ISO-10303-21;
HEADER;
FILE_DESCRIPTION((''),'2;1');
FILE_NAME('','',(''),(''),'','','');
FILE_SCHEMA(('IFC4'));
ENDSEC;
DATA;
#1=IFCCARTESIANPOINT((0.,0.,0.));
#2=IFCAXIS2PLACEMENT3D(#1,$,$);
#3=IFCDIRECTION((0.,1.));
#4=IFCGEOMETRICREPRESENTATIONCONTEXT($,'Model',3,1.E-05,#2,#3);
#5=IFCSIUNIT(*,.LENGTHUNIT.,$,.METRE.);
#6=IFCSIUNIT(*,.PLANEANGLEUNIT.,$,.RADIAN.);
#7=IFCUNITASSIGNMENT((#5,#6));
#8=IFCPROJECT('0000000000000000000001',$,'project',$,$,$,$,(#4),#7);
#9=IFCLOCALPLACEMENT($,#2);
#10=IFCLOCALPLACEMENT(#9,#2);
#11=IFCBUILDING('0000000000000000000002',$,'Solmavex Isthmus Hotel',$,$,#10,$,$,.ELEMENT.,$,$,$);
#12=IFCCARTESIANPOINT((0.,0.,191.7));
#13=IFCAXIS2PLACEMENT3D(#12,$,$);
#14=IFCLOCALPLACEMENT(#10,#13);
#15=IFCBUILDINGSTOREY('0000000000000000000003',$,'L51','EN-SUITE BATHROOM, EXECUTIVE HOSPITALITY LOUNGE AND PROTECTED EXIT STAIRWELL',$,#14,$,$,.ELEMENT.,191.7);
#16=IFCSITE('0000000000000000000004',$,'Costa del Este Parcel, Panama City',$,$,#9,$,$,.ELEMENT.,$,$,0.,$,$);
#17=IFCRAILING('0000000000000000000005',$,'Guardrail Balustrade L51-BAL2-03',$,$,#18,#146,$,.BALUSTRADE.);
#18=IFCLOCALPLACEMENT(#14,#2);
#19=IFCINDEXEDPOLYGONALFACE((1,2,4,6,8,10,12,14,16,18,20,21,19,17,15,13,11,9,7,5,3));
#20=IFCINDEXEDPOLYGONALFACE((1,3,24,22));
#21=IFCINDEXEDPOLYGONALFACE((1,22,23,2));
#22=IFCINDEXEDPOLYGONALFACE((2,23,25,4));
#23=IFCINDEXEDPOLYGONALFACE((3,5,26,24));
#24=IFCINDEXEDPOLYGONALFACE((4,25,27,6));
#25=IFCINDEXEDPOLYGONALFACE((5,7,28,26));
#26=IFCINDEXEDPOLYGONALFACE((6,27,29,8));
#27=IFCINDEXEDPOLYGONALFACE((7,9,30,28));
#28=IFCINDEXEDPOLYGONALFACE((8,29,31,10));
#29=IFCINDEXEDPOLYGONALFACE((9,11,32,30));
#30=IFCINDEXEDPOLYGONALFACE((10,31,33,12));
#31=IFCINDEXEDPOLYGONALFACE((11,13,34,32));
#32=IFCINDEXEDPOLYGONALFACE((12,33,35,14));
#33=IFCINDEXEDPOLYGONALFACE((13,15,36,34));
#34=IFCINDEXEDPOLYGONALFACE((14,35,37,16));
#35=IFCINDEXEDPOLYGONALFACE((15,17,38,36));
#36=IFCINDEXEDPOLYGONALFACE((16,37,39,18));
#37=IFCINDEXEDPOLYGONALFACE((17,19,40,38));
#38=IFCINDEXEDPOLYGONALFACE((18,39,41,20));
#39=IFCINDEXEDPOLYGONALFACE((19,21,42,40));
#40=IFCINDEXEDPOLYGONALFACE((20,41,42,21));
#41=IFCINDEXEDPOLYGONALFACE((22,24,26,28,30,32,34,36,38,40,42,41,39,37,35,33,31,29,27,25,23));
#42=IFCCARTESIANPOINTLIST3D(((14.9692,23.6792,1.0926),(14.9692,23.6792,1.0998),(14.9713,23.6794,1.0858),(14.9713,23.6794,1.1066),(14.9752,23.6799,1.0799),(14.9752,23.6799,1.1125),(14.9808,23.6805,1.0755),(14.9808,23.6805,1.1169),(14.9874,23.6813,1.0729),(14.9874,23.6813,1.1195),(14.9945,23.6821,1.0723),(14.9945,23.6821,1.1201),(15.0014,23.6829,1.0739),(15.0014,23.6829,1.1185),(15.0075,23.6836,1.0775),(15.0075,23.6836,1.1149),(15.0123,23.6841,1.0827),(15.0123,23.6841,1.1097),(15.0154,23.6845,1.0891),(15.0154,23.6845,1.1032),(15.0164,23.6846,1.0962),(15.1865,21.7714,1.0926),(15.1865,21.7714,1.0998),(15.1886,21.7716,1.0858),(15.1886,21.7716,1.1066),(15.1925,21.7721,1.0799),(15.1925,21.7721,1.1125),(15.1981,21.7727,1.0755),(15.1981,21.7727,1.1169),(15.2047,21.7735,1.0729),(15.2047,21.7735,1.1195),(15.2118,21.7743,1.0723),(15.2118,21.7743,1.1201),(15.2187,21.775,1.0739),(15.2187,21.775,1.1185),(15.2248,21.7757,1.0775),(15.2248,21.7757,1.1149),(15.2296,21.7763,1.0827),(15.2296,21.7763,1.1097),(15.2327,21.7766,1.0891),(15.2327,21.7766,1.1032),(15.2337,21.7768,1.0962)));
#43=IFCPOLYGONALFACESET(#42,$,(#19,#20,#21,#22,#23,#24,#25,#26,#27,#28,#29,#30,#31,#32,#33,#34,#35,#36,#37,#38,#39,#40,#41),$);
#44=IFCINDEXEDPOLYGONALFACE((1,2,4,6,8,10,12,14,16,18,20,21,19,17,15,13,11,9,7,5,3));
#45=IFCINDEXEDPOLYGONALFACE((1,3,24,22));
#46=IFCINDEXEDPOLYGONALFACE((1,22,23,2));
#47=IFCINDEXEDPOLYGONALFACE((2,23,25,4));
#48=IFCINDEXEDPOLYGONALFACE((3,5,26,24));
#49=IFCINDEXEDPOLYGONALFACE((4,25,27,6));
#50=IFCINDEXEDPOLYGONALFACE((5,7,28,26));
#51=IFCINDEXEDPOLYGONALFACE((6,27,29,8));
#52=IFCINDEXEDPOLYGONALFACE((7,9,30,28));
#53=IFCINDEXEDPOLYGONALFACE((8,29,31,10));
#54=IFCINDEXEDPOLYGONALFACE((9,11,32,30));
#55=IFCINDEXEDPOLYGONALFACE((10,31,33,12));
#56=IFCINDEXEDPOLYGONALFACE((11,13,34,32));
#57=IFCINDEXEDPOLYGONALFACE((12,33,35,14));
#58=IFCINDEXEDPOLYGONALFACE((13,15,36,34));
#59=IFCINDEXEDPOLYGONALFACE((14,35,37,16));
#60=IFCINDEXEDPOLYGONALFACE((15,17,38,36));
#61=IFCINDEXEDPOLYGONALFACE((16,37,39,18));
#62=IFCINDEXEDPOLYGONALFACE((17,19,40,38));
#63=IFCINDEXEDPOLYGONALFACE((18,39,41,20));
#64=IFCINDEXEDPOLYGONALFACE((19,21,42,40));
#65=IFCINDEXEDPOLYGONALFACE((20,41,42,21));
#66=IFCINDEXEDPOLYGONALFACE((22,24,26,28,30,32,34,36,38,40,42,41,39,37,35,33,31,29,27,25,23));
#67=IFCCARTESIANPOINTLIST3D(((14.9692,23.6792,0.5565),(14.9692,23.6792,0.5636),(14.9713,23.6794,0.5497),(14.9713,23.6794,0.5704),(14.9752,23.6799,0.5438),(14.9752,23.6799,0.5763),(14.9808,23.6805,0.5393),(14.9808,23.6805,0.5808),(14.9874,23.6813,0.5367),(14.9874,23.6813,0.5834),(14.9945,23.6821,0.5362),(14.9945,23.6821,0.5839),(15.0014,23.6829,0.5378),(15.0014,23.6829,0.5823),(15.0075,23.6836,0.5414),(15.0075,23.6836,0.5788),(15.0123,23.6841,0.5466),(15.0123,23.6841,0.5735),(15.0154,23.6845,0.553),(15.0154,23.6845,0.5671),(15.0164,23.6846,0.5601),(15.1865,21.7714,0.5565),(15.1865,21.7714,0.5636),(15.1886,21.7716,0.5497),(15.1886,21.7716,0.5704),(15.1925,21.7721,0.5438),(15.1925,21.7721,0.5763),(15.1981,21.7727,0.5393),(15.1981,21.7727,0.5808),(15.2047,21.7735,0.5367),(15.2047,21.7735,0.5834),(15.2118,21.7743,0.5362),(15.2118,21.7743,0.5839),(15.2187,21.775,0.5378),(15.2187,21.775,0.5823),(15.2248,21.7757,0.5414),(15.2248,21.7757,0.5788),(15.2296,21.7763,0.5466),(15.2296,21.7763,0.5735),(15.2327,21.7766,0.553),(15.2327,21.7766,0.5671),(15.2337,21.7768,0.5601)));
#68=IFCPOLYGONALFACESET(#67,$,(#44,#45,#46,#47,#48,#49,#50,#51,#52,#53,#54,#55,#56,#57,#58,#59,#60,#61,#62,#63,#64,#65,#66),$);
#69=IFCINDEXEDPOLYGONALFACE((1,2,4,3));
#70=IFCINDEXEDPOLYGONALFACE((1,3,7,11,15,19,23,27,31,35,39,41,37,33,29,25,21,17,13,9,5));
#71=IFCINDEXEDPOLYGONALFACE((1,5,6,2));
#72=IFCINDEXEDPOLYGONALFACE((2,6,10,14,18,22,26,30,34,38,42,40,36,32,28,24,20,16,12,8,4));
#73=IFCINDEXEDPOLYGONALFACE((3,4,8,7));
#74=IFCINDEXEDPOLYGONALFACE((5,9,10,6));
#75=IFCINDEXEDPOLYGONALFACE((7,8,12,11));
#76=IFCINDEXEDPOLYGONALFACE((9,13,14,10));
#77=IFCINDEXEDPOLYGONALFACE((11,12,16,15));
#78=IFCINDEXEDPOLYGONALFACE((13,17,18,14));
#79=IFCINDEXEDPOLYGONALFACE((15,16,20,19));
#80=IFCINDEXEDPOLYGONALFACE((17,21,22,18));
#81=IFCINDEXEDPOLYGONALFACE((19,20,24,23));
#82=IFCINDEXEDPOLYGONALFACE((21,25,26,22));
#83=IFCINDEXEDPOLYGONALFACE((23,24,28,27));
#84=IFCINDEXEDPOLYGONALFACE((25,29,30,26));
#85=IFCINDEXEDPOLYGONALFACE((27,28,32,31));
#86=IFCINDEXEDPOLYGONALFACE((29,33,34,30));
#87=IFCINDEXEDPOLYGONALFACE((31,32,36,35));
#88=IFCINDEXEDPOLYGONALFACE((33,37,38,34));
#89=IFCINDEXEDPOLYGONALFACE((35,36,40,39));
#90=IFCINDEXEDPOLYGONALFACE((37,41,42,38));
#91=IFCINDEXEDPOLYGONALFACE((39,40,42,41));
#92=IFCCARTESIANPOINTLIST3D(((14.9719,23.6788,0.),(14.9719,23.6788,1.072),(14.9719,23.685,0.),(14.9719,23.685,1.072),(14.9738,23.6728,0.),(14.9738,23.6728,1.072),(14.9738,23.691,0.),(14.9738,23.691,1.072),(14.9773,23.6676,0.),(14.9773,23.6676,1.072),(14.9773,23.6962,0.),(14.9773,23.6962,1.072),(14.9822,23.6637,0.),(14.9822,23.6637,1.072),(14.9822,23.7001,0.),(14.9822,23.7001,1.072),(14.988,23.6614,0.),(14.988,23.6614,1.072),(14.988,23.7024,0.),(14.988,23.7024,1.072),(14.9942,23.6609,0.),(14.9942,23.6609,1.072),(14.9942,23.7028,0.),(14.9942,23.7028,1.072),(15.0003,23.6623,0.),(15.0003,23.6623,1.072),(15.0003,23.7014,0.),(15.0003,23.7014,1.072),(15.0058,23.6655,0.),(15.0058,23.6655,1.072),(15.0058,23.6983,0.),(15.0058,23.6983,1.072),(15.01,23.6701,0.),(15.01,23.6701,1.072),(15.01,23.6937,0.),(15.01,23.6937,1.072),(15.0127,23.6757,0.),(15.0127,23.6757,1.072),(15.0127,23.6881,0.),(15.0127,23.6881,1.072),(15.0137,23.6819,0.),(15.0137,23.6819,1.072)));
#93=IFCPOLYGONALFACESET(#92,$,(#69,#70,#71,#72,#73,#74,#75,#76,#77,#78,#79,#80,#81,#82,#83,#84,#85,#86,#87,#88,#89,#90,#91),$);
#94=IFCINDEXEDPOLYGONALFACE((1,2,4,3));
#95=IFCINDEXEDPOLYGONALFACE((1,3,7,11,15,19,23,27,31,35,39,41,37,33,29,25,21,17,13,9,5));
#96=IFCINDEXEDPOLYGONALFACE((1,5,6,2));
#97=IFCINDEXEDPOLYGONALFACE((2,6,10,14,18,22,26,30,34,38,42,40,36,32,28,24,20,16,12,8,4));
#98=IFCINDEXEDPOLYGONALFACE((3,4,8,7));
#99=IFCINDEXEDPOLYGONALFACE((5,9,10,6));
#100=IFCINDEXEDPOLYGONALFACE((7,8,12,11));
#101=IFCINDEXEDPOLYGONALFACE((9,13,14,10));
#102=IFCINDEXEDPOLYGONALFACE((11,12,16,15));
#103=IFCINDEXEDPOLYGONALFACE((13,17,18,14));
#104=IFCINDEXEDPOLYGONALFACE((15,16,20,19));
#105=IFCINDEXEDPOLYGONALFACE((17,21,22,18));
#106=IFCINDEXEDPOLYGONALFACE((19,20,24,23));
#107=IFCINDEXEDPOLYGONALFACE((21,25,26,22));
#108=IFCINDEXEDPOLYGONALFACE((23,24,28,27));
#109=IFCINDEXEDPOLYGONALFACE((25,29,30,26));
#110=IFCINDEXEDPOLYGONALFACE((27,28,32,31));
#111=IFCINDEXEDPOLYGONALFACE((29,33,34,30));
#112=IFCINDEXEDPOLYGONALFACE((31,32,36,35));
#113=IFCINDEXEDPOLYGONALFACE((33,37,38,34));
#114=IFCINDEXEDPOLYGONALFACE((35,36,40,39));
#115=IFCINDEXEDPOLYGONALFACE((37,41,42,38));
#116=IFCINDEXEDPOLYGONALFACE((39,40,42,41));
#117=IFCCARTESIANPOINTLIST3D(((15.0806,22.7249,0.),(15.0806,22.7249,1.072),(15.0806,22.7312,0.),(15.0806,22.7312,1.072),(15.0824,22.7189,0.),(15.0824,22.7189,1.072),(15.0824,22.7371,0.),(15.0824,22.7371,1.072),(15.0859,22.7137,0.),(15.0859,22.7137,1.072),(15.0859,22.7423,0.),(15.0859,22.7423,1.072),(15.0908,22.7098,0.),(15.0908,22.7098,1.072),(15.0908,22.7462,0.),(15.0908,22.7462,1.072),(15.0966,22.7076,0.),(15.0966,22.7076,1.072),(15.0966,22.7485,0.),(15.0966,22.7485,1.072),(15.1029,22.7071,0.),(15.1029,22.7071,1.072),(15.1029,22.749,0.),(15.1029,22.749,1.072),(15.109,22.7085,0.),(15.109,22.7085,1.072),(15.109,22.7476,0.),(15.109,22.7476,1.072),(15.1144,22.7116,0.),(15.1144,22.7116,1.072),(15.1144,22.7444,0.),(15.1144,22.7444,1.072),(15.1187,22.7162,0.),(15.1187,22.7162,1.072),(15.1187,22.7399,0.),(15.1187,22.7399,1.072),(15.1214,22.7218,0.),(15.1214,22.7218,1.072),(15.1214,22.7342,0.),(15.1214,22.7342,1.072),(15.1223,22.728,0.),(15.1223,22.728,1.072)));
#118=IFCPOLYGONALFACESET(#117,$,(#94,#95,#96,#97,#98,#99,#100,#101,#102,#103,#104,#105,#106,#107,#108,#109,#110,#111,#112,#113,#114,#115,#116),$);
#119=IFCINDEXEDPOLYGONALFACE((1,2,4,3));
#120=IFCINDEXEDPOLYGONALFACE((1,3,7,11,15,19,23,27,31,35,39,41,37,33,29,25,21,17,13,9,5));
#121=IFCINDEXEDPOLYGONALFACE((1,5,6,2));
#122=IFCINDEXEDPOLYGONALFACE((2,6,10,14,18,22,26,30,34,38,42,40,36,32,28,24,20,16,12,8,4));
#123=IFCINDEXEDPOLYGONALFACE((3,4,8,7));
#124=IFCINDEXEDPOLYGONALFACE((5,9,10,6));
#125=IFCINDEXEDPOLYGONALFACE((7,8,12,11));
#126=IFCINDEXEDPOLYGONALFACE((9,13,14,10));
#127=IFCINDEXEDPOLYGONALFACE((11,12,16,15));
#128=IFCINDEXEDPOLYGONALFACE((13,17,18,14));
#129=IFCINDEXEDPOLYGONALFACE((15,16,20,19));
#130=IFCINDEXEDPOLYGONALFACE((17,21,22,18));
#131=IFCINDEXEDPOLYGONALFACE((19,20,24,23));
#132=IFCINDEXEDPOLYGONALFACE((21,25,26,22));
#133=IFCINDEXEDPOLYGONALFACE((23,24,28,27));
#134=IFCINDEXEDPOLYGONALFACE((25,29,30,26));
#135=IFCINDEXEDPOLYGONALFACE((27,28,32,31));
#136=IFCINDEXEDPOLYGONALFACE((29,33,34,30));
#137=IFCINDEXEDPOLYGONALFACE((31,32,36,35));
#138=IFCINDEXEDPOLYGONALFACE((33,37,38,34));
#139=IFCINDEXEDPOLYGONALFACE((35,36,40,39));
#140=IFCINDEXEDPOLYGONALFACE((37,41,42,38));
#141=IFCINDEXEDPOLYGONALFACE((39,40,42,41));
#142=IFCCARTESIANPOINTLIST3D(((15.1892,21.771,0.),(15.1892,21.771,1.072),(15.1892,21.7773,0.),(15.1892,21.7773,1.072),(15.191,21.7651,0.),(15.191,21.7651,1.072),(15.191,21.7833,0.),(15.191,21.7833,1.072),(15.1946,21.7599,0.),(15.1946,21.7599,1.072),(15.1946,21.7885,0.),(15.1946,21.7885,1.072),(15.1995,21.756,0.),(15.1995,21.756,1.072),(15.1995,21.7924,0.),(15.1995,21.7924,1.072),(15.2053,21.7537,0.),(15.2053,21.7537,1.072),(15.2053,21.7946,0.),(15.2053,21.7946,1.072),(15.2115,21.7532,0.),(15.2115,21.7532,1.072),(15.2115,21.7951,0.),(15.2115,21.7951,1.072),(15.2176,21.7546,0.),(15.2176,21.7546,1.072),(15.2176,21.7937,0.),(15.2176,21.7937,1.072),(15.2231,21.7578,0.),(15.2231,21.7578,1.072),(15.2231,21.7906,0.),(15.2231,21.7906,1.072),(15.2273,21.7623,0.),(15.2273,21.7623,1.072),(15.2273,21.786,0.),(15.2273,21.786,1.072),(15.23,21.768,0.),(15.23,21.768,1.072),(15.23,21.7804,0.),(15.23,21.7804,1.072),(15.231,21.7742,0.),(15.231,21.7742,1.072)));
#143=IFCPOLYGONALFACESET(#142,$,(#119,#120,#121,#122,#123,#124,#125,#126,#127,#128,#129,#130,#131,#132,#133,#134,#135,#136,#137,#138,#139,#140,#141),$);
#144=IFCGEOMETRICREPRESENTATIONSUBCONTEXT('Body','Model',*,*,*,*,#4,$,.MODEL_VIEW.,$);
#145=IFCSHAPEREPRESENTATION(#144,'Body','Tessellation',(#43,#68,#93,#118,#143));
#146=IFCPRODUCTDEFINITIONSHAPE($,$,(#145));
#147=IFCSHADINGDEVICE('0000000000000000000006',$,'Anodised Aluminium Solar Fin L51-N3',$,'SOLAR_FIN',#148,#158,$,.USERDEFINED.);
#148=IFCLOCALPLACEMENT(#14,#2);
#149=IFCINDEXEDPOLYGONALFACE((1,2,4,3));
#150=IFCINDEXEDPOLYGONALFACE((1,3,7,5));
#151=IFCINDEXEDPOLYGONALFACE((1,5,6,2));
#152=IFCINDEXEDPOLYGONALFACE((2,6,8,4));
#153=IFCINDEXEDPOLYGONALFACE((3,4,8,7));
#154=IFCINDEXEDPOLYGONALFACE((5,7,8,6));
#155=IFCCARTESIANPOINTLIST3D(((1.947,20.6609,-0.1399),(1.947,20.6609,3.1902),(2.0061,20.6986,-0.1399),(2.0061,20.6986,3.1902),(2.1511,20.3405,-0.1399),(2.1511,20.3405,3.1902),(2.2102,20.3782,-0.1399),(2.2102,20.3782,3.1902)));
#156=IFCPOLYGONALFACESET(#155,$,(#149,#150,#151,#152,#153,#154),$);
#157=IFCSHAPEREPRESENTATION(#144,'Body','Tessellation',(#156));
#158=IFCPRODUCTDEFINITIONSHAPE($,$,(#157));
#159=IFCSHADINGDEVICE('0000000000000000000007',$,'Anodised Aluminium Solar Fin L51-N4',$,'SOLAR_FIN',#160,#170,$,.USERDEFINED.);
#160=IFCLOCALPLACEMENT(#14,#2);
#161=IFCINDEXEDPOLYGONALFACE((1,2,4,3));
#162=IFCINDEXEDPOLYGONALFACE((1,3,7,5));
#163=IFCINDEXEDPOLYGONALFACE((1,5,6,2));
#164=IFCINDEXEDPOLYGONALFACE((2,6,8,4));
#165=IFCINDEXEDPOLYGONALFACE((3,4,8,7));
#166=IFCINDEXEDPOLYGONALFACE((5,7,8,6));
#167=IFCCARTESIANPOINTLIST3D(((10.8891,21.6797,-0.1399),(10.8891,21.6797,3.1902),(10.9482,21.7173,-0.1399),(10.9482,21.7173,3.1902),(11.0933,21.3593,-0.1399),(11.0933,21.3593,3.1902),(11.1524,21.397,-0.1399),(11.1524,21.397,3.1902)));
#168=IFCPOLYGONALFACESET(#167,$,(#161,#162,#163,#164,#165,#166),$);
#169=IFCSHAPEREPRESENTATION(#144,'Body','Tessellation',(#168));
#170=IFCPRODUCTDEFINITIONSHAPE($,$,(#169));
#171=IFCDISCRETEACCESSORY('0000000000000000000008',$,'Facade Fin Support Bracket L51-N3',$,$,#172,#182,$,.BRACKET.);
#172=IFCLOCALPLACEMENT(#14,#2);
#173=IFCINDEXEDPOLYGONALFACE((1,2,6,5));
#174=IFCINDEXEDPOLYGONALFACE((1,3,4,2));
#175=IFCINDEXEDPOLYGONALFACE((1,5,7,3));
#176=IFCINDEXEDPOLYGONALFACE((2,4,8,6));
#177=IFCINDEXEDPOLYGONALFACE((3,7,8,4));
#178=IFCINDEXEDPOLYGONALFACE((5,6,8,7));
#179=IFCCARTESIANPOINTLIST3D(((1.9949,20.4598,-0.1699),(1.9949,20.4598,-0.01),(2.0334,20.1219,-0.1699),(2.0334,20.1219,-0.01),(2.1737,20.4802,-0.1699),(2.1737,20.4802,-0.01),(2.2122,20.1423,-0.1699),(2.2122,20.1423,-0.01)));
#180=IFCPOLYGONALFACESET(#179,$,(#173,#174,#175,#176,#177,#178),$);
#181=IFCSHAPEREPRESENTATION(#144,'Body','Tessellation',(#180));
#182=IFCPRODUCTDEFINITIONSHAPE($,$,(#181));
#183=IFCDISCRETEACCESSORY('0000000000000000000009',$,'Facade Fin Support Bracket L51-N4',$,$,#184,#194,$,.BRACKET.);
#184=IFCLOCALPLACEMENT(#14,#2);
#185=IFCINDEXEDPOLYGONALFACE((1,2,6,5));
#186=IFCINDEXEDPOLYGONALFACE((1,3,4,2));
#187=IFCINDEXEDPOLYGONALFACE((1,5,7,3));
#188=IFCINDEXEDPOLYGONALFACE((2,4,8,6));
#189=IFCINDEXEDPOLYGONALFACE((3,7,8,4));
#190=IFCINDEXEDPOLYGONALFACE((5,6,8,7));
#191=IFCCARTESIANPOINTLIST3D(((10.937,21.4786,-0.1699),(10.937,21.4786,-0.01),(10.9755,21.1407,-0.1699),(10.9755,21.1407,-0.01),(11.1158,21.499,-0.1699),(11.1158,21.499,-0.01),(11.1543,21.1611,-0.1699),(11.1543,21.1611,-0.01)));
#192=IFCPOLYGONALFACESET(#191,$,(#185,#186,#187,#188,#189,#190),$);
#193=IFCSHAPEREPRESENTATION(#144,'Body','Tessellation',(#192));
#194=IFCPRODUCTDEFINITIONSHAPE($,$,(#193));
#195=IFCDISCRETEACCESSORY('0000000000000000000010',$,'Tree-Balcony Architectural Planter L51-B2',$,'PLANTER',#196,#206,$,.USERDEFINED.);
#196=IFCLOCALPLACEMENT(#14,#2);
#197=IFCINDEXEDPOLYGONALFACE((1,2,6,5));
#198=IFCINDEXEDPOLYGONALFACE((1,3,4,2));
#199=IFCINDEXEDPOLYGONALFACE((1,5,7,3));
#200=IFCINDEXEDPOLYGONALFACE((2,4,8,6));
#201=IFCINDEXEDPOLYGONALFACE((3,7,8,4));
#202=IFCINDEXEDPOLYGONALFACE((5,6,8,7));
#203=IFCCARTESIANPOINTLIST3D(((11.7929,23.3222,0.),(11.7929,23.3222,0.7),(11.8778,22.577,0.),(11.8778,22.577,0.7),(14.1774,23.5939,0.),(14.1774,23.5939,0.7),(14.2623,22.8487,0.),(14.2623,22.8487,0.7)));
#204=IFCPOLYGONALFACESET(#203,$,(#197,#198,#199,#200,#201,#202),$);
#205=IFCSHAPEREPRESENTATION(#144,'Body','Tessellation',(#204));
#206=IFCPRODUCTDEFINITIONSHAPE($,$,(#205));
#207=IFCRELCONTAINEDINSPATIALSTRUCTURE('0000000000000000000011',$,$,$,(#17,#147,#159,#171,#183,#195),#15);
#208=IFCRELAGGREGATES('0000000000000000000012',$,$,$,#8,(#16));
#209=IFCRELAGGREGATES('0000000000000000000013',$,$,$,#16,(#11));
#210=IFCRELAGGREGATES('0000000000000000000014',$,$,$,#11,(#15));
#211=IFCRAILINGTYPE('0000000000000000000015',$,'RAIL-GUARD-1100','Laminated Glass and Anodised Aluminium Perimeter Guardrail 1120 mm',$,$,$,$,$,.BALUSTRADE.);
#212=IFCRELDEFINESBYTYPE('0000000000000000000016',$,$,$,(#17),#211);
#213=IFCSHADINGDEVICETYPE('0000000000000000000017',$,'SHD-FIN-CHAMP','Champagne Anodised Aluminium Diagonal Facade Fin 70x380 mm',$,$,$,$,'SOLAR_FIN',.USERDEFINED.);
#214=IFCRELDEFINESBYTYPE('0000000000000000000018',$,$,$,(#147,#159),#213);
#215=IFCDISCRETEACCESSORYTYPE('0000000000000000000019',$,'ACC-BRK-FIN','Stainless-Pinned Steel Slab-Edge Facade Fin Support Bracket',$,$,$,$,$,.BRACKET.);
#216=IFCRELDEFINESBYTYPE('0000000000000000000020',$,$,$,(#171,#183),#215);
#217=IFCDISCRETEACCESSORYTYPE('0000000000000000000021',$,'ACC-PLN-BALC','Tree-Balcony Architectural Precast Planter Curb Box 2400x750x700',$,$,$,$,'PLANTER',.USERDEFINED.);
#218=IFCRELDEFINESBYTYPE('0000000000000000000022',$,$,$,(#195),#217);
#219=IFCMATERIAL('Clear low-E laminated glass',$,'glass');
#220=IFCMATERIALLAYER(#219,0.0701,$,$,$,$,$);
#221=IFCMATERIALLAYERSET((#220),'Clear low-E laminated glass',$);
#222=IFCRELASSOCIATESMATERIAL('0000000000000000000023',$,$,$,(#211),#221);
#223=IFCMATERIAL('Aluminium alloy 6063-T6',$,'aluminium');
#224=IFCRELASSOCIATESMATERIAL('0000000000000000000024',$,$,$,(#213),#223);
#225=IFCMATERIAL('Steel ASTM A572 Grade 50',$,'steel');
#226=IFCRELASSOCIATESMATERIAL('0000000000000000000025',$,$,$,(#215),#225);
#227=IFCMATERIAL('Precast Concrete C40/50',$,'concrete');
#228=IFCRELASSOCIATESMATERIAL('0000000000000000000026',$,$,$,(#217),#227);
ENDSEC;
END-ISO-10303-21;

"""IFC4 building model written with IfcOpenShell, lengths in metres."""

from ifc_helpers import new_model, si_unit, direction, frame, origin, origin_2d, place, context, subcontext, project, spatial, rectangle, circle, extrude, material, layer, layer_set, type_object, element, save


model = new_model("IFC4")

# Units and contexts
model_context = context("Model", 3, precision=1e-05, world=origin(), true_north=direction((0.0, 1.0)))
body_context = subcontext(model_context, "Body", "Model", "MODEL_VIEW")
ifc_project = project(units=[si_unit("LENGTHUNIT", "METRE"), si_unit("PLANEANGLEUNIT", "RADIAN")], contexts=[model_context])

# Site, building, storey
site_placement = place(None, origin())
site = spatial("IfcSite", under=ifc_project, at=site_placement, Name="Costa del Este Parcel, Panama City", CompositionType="ELEMENT", RefElevation=0.0)
building_placement = place(site_placement, origin())
building = spatial("IfcBuilding", under=site, at=building_placement, Name="Solmavex Isthmus Hotel", CompositionType="ELEMENT")
storey_placement = place(building_placement, frame((0.0, 0.0, 191.7)))
storey = spatial("IfcBuildingStorey", under=building, at=storey_placement, Name="L51", Description="EN-SUITE BATHROOM, EXECUTIVE HOSPITALITY LOUNGE AND PROTECTED EXIT STAIRWELL", CompositionType="ELEMENT", Elevation=191.7)

# Shared definitions
ifc_material_1 = material(Name="Steel ASTM A572 Grade 50", Category="steel")

# Shared definitions
ifc_material_2 = material(Name="Aluminium alloy 6063-T6", Category="aluminium")

# Shared definitions
ifc_material_3 = material(Name="Clear low-E laminated glass", Category="glass")

# Shared definitions
ifc_material_4 = material(Name="Precast Concrete C40/50", Category="concrete")

# Railing
ifc_layer_1 = layer(ifc_material_3, 0.0701)
ifc_layer_set_1 = layer_set([ifc_layer_1], Name="Clear low-E laminated glass")
railing_type = type_object("IfcRailingType", Name="RAIL-GUARD-1100", Description="Laminated Glass and Anodised Aluminium Perimeter Guardrail 1120 mm", PredefinedType="BALUSTRADE", material=ifc_layer_set_1)
railing_1_placement = place(storey_placement, frame((14.9927, 23.6819, 0.0)))
element("IfcRailing", 1, at=railing_1_placement, inside=storey, type_object=railing_type, Name="Guardrail Balustrade L51-BAL2-03", PredefinedType="BALUSTRADE", context=body_context, shape_type="SweptSolid", body=[
    extrude(circle(Radius=0.0239, at=origin_2d()), frame((0.0, 0.0, 1.0962), z_axis=(0.113166, -0.993576, 0.0), x_axis=(0.993576, 0.113166, 0.0)), (0.0, 0.0, 1.0), 1.9202),
    extrude(circle(Radius=0.0239, at=origin_2d()), frame((0.0, 0.0, 0.5601), z_axis=(0.113166, -0.993576, 0.0), x_axis=(0.993576, 0.113166, 0.0)), (0.0, 0.0, 1.0), 1.9202),
    extrude(circle(Radius=0.021, at=origin_2d()), origin(), (0.0, 0.0, 1.0), 1.072),
    extrude(circle(Radius=0.021, at=origin_2d()), frame((0.1086, -0.9539, 0.0)), (0.0, 0.0, 1.0), 1.072),
    extrude(circle(Radius=0.021, at=origin_2d()), frame((0.2173, -1.9077, 0.0)), (0.0, 0.0, 1.0), 1.072),
])

# Shading devices
shading_device_type = type_object("IfcShadingDeviceType", Name="SHD-FIN-CHAMP", Description="Champagne Anodised Aluminium Diagonal Facade Fin 70x380 mm", ElementType="SOLAR_FIN", PredefinedType="USERDEFINED", material=ifc_material_2)
for number, where, z_axis, x_axis, name in (
    (2, (2.0786, 20.5195, -0.1399), (0.0, 0.0, 1.0), (-0.5373, 0.843391, 0.0), "Anodised Aluminium Solar Fin L51-N3"),
    (3, (11.0208, 21.5383, -0.1399), (0.0, 0.0, 1.0), (-0.5373, 0.843391, 0.0), "Anodised Aluminium Solar Fin L51-N4"),
):
    element("IfcShadingDevice", number, at=place(storey_placement, frame(where, z_axis=z_axis, x_axis=x_axis)), inside=storey, type_object=shading_device_type, Name=name, ObjectType="SOLAR_FIN", PredefinedType="USERDEFINED", context=body_context, shape_type="SweptSolid", body=[
        extrude(rectangle(XDim=0.3799, YDim=0.0701, at=origin_2d()), origin(), (0.0, 0.0, 1.0), 3.3301),
    ])

# Discrete accessories
discrete_accessory_type_1 = type_object("IfcDiscreteAccessoryType", Name="ACC-BRK-FIN", Description="Stainless-Pinned Steel Slab-Edge Facade Fin Support Bracket", PredefinedType="BRACKET", material=ifc_material_1)
for number, where, z_axis, x_axis, name in (
    (4, (2.1035, 20.301, -0.1699), (0.0, 0.0, 1.0), (-0.113203, 0.993572, 0.0), "Facade Fin Support Bracket L51-N3"),
    (5, (11.0457, 21.3198, -0.1699), (0.0, 0.0, 1.0), (-0.113203, 0.993572, 0.0), "Facade Fin Support Bracket L51-N4"),
):
    element("IfcDiscreteAccessory", number, at=place(storey_placement, frame(where, z_axis=z_axis, x_axis=x_axis)), inside=storey, type_object=discrete_accessory_type_1, Name=name, PredefinedType="BRACKET", context=body_context, shape_type="SweptSolid", body=[
        extrude(rectangle(XDim=0.3401, YDim=0.1799, at=origin_2d()), origin(), (0.0, 0.0, 1.0), 0.1599),
    ])
discrete_accessory_type_2 = type_object("IfcDiscreteAccessoryType", Name="ACC-PLN-BALC", Description="Tree-Balcony Architectural Precast Planter Curb Box 2400x750x700", ElementType="PLANTER", PredefinedType="USERDEFINED", material=ifc_material_4)
discrete_accessory_placement = place(storey_placement, frame((13.0276, 23.0854, 0.0), z_axis=(0.0, 0.0, 1.0), x_axis=(0.993572, 0.113203, 0.0)))
element("IfcDiscreteAccessory", 6, at=discrete_accessory_placement, inside=storey, type_object=discrete_accessory_type_2, Name="Tree-Balcony Architectural Planter L51-B2", ObjectType="PLANTER", PredefinedType="USERDEFINED", context=body_context, shape_type="SweptSolid", body=[
    extrude(rectangle(XDim=2.3999, YDim=0.75, at=origin_2d()), origin(), (0.0, 0.0, 1.0), 0.7),
])

save(model, "model.ifc")
